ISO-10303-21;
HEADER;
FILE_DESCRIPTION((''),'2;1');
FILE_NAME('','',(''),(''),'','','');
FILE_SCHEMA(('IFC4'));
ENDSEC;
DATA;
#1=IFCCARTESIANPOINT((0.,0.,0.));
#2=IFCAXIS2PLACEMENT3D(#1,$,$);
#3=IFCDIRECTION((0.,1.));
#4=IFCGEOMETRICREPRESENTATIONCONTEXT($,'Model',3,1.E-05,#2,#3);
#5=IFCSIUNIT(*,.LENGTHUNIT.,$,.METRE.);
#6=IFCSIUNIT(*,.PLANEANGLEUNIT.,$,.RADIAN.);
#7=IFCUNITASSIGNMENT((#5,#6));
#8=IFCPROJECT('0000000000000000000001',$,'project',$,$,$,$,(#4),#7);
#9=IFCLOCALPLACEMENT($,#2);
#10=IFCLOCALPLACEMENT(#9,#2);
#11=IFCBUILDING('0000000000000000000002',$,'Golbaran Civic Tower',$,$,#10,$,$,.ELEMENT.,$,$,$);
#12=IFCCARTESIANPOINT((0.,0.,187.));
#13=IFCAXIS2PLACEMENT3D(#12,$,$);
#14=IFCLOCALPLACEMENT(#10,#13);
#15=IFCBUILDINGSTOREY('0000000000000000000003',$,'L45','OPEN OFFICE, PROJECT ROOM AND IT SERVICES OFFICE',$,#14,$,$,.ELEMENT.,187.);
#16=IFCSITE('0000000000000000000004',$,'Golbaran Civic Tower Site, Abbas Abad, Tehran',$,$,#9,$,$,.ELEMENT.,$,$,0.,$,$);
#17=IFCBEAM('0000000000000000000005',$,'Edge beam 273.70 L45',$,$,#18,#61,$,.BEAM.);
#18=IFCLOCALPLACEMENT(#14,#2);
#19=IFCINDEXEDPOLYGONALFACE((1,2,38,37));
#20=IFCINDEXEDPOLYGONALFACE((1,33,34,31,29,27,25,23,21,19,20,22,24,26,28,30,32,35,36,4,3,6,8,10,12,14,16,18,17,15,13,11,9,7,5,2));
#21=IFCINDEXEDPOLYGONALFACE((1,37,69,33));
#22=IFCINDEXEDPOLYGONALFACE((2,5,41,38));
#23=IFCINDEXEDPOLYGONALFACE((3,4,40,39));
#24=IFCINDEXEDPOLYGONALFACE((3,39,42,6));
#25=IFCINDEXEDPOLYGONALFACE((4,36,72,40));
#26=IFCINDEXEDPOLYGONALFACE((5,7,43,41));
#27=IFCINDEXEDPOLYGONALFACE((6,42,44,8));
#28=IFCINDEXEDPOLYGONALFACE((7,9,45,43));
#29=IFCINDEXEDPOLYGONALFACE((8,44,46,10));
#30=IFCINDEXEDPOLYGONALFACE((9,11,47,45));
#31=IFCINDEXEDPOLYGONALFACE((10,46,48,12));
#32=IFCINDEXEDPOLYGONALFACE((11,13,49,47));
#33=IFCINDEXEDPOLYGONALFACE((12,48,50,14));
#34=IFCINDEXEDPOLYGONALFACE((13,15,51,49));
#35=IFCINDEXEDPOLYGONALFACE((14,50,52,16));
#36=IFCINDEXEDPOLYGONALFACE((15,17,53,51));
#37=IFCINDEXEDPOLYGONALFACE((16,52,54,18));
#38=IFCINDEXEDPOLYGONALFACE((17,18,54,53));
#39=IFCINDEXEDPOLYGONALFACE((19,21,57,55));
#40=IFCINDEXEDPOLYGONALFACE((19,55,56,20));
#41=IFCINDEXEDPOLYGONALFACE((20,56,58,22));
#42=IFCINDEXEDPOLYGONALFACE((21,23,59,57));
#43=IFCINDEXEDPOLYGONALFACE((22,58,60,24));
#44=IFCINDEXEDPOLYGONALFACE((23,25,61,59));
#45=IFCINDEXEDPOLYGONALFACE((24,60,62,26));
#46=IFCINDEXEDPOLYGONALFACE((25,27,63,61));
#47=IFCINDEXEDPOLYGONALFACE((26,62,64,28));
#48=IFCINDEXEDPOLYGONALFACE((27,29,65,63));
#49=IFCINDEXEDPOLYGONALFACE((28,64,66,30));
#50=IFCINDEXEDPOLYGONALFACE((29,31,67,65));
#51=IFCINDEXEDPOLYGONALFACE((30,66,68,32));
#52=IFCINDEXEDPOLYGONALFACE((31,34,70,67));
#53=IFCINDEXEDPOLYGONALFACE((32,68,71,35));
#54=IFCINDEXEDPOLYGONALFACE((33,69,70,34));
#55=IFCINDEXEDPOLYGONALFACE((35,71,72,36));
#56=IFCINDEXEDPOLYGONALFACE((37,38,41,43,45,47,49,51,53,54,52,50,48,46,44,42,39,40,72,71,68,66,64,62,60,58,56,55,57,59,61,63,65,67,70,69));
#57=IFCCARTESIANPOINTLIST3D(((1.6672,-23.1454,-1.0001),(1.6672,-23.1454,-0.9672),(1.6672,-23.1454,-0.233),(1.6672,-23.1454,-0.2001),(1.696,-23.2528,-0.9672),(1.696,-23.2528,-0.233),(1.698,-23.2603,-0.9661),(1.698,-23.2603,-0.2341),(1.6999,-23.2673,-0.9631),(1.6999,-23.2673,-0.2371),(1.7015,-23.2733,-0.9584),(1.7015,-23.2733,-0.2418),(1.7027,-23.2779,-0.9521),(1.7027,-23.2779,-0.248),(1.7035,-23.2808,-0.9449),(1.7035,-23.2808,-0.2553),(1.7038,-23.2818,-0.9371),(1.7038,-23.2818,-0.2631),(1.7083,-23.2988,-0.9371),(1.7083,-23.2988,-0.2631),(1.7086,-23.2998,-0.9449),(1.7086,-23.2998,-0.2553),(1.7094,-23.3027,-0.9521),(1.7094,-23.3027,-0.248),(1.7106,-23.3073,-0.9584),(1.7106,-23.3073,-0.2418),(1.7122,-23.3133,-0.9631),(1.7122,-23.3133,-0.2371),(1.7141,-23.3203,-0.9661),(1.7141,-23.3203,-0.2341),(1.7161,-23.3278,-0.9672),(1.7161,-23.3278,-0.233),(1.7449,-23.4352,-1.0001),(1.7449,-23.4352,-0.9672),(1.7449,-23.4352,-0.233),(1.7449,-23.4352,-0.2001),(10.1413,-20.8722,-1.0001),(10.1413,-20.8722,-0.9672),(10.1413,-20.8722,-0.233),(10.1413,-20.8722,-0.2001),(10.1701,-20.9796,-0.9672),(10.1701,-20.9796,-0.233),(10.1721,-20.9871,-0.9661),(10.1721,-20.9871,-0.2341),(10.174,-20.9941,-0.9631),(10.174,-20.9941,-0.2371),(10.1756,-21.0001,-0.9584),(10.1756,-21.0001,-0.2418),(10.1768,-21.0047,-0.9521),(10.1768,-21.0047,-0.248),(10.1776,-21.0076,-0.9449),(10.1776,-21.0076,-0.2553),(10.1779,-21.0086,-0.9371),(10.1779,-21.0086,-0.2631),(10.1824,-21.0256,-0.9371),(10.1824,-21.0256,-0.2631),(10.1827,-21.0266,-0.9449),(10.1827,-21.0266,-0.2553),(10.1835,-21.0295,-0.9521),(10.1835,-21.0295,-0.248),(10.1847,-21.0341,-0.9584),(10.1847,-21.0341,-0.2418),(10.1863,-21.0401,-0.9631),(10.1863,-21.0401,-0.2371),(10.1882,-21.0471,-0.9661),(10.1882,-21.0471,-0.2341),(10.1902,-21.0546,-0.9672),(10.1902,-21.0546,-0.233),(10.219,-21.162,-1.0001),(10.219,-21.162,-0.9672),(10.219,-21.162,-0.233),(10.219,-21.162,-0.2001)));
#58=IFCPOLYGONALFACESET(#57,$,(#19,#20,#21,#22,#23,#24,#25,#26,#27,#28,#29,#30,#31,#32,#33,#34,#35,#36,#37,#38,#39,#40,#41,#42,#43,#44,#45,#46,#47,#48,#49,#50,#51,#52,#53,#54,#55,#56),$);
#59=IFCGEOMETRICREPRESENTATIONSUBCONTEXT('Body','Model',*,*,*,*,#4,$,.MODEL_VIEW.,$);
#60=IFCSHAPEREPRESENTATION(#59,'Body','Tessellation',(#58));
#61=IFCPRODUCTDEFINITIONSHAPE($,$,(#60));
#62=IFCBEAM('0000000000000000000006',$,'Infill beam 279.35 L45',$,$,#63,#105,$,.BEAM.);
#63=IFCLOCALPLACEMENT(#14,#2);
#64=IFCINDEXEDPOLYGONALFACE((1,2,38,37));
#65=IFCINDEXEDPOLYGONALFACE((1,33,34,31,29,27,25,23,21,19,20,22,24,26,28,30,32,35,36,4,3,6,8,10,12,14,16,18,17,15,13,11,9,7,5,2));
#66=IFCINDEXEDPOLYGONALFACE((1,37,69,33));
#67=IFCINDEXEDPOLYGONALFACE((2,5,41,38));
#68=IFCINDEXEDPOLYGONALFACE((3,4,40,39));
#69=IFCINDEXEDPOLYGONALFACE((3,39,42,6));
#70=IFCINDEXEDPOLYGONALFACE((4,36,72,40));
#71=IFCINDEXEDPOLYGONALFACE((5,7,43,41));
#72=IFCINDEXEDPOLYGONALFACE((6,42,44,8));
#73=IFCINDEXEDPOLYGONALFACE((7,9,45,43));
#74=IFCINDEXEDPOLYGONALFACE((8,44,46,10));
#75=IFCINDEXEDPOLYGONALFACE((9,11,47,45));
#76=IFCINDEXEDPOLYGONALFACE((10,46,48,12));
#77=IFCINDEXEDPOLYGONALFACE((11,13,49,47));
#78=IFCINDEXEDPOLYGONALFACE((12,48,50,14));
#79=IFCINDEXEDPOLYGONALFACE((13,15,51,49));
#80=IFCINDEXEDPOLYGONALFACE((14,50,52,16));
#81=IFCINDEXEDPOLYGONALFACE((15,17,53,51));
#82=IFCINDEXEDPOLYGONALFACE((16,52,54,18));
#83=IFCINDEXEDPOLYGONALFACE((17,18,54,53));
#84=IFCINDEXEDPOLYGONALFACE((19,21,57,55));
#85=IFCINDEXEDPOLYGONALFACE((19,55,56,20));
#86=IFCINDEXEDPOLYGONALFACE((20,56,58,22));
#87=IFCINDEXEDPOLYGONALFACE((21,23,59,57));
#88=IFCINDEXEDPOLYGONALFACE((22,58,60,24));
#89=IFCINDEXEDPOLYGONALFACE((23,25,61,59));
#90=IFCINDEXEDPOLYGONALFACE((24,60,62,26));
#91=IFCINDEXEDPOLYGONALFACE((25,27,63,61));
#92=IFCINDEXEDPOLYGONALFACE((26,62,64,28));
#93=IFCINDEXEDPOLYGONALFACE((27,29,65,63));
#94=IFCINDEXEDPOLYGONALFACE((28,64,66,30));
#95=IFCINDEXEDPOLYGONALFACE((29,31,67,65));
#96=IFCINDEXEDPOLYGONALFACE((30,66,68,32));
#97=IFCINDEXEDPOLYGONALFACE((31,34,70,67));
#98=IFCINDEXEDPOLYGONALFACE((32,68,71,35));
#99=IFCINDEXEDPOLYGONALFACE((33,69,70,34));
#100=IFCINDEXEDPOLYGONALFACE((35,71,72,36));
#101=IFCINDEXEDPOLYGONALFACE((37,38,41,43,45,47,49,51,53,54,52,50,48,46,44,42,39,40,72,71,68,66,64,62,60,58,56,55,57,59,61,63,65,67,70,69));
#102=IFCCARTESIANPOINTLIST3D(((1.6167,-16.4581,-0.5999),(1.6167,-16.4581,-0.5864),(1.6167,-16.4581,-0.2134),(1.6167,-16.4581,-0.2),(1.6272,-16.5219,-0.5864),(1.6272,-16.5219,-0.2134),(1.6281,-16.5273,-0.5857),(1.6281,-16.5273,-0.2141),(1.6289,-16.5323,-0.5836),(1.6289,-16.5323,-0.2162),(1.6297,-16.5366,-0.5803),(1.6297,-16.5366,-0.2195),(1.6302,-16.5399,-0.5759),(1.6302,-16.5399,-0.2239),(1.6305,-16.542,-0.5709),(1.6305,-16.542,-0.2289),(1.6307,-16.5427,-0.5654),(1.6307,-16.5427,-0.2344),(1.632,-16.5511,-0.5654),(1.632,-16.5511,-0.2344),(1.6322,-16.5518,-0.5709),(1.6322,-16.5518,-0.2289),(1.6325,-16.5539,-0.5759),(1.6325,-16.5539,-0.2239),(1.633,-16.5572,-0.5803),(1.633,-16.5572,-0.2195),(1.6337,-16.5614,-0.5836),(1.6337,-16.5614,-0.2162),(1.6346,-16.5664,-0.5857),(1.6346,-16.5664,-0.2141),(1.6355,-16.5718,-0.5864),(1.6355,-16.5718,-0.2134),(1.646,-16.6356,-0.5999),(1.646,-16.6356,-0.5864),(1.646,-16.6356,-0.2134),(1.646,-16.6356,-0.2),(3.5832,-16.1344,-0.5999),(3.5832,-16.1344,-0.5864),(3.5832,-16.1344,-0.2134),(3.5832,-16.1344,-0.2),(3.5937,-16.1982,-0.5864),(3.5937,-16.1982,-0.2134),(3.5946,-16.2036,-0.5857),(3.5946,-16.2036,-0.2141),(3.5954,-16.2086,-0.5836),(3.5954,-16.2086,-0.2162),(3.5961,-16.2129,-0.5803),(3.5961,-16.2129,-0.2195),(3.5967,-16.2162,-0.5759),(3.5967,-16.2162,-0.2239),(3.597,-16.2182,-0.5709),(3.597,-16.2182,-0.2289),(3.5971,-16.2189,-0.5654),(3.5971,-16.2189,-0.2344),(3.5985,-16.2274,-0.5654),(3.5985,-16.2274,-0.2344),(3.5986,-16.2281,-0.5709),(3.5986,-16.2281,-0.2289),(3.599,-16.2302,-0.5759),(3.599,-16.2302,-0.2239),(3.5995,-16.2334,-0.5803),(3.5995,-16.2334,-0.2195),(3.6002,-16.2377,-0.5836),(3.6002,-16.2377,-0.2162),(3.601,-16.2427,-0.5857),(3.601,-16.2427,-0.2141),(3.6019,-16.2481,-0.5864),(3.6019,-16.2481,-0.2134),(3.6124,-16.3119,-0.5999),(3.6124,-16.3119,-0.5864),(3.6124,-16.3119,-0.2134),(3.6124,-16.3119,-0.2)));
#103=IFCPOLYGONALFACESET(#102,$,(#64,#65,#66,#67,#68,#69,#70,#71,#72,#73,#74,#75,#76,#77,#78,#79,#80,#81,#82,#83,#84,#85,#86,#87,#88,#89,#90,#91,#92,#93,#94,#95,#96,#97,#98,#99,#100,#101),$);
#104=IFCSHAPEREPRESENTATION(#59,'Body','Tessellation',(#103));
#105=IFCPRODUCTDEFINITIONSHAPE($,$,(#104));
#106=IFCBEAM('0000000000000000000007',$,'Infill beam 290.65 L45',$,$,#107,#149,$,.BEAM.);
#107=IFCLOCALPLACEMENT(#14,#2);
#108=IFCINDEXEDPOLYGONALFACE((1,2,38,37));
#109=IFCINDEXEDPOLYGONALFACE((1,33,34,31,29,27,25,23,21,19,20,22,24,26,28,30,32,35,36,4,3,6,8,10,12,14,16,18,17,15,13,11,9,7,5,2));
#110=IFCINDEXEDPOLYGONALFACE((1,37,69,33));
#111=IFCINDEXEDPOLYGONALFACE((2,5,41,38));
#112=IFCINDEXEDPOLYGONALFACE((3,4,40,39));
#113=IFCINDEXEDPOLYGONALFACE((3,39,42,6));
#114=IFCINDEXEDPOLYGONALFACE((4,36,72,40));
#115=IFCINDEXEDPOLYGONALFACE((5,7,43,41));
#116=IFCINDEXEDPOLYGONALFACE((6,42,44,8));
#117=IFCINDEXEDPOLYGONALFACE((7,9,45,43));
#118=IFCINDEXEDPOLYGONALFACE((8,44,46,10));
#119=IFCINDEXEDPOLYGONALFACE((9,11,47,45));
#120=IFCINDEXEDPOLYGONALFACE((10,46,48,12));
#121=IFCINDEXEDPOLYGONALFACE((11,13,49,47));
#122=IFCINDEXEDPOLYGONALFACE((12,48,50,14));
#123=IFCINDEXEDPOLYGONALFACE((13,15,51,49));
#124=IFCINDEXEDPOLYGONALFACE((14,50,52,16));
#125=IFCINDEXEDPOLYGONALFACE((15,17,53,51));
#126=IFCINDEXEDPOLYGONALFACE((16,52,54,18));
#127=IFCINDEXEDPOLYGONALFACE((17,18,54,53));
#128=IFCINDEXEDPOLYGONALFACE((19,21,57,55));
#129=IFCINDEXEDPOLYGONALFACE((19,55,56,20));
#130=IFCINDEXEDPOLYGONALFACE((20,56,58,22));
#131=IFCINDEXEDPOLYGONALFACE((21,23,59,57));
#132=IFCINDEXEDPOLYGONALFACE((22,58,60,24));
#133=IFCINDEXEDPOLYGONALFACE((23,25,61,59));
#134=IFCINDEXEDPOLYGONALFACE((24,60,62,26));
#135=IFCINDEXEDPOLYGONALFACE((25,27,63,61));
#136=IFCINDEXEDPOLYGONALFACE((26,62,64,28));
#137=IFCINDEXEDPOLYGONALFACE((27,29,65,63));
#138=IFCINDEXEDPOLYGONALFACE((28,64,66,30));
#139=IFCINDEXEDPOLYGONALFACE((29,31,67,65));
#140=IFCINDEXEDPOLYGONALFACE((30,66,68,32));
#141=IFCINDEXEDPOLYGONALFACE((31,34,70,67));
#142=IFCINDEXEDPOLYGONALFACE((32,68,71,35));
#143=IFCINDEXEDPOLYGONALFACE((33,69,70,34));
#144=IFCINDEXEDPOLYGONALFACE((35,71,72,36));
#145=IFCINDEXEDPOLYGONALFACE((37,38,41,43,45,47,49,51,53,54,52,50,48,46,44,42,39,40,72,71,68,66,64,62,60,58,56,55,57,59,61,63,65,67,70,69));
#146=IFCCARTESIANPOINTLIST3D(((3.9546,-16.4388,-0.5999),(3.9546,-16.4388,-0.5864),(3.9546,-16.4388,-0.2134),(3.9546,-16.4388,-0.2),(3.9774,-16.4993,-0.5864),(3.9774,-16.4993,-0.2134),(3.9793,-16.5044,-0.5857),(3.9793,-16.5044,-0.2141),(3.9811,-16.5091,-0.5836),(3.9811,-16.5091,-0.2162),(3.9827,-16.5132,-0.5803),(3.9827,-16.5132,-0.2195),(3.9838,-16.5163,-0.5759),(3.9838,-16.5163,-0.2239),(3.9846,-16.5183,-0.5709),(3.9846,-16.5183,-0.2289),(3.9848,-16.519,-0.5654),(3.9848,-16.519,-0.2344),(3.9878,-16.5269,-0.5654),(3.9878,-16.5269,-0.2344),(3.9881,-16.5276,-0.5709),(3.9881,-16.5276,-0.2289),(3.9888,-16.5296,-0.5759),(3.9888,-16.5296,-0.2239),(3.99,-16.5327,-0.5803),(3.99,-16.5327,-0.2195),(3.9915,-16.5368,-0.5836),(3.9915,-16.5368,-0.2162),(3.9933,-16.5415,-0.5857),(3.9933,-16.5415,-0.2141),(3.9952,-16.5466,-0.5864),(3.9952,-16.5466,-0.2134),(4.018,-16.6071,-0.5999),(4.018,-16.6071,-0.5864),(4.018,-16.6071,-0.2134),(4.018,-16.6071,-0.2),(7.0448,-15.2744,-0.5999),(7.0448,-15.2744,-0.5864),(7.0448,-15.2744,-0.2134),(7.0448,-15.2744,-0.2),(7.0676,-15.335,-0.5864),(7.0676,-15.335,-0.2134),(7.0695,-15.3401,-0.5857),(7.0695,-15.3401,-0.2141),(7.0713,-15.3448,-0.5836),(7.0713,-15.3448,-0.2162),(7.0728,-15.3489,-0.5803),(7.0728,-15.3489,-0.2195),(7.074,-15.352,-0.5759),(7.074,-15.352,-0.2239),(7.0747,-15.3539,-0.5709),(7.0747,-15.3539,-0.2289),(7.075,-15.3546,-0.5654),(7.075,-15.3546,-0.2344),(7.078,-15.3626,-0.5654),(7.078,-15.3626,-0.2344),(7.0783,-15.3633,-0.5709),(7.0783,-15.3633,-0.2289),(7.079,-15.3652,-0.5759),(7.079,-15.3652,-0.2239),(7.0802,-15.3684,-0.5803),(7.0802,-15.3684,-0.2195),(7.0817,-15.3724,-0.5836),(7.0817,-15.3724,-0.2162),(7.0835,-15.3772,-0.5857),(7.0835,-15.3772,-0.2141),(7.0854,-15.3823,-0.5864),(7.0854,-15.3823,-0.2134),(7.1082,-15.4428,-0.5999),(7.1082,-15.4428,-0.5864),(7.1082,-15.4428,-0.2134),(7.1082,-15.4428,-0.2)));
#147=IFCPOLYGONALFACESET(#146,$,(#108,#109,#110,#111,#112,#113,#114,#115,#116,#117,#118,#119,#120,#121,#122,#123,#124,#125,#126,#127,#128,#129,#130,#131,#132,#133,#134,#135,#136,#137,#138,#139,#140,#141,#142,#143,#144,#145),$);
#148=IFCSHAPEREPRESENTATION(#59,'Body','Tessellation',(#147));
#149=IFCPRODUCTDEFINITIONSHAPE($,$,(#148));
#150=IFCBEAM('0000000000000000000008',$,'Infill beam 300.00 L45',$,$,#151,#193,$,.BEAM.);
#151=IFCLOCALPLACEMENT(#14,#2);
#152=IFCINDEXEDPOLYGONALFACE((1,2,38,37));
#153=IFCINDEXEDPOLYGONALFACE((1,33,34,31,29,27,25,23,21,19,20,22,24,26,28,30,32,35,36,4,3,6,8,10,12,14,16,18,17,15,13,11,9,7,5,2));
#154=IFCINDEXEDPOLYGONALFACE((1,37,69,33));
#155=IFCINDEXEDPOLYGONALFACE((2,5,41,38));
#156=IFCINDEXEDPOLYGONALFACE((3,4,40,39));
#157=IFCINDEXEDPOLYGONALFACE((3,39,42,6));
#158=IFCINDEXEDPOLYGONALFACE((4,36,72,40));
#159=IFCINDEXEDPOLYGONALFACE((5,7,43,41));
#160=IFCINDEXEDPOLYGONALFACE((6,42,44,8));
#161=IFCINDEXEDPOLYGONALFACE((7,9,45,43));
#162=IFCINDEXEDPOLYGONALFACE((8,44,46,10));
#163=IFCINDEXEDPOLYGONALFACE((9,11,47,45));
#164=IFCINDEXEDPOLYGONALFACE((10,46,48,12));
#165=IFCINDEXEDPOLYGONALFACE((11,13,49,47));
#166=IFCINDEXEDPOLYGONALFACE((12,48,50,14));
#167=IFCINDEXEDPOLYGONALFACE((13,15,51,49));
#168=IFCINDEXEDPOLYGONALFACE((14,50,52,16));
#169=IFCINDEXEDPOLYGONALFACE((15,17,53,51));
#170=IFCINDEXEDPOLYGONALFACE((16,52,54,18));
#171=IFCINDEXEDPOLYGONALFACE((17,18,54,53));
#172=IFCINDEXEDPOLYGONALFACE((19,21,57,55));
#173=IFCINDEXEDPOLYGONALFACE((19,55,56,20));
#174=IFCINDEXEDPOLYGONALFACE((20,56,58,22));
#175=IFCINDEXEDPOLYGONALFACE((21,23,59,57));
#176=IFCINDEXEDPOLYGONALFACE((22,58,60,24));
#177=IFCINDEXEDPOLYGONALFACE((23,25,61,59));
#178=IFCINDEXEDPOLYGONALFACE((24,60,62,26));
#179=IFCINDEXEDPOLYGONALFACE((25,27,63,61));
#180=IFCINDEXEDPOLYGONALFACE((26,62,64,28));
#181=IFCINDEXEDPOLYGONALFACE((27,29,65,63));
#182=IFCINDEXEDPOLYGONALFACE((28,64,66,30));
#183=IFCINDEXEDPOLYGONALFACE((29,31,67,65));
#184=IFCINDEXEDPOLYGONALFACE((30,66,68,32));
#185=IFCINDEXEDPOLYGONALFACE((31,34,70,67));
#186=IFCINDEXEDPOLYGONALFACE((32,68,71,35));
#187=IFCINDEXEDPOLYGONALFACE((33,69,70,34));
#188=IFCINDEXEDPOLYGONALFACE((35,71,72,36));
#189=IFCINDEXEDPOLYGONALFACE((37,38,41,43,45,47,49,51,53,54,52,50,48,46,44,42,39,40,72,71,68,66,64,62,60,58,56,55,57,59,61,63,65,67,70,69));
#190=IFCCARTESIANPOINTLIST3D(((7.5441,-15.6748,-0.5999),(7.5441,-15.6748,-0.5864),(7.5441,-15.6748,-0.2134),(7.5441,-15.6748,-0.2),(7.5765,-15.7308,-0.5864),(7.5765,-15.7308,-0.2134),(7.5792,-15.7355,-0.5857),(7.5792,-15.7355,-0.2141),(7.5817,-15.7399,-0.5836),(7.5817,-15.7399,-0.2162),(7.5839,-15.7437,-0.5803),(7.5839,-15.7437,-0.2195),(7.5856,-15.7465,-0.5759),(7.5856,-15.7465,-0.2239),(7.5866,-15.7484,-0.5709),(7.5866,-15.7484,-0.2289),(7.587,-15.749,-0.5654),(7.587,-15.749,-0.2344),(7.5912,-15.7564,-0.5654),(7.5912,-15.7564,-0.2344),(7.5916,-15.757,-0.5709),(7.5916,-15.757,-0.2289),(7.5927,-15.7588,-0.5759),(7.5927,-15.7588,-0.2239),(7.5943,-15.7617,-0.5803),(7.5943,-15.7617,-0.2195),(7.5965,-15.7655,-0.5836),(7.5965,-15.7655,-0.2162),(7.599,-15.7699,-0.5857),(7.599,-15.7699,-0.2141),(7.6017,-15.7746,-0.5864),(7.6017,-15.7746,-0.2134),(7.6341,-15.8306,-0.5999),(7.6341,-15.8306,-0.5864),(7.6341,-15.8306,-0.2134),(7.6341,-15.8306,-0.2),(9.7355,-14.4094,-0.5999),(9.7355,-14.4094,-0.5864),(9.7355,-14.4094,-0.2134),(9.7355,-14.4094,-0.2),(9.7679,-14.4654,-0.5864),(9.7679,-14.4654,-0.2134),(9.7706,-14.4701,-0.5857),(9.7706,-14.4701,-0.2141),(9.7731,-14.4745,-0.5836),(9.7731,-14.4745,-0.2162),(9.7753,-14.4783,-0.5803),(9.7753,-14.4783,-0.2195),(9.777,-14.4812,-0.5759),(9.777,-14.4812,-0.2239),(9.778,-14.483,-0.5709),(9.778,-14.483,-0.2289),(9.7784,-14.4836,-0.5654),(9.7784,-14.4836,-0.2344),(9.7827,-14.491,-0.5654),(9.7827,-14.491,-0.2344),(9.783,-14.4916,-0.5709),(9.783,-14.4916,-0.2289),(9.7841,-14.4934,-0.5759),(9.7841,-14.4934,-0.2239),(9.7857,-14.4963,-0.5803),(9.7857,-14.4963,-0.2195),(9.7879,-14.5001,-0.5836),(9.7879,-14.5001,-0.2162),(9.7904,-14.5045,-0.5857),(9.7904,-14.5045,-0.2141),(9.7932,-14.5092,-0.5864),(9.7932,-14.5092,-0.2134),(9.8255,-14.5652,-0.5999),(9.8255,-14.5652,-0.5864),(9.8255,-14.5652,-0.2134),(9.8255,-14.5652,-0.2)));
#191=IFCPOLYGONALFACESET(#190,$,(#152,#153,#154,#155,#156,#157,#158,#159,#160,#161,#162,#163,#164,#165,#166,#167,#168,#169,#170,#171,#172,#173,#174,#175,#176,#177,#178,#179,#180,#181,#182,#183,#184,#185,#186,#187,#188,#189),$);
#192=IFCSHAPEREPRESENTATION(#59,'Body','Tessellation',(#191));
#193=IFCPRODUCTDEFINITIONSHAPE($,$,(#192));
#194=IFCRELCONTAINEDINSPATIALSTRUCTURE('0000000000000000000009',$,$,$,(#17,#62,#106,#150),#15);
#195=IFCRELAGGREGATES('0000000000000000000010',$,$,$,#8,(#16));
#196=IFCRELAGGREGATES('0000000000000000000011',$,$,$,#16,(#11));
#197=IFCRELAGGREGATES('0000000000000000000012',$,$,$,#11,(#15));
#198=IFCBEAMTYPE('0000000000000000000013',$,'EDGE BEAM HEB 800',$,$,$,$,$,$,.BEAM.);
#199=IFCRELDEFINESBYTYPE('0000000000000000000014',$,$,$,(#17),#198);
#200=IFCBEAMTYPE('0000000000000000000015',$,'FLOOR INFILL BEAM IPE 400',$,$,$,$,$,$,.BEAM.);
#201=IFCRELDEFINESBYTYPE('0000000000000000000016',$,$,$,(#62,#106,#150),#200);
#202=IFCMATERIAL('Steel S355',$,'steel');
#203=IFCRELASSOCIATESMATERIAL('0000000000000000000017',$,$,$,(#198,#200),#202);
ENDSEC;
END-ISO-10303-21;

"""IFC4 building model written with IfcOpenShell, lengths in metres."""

from ifc_helpers import new_model, si_unit, direction, frame, origin, origin_2d, place, context, subcontext, project, spatial, i_section, extrude, material, material_profile, profile_set, type_object, element, save


model = new_model("IFC4")

# Units and contexts
model_context = context("Model", 3, precision=1e-05, world=origin(), true_north=direction((0.0, 1.0)))
body_context = subcontext(model_context, "Body", "Model", "MODEL_VIEW")
ifc_project = project(units=[si_unit("LENGTHUNIT", "METRE"), si_unit("PLANEANGLEUNIT", "RADIAN")], contexts=[model_context])

# Site, building, storey
site_placement = place(None, origin())
site = spatial("IfcSite", under=ifc_project, at=site_placement, Name="Golbaran Civic Tower Site, Abbas Abad, Tehran", CompositionType="ELEMENT", RefElevation=0.0)
building_placement = place(site_placement, origin())
building = spatial("IfcBuilding", under=site, at=building_placement, Name="Golbaran Civic Tower", CompositionType="ELEMENT")
storey_placement = place(building_placement, frame((0.0, 0.0, 187.0)))
storey = spatial("IfcBuildingStorey", under=building, at=storey_placement, Name="L45", Description="OPEN OFFICE, PROJECT ROOM AND IT SERVICES OFFICE", CompositionType="ELEMENT", Elevation=187.0)

# Beams
ifc_material_1 = material(Name="Steel S355", Category="steel")
ifc_material_profile_1 = material_profile(ifc_material_1, i_section(OverallWidth=0.3, OverallDepth=0.8, WebThickness=0.0176, FlangeThickness=0.033, FilletRadius=0.03, at=origin_2d()), Name="HEB 800")
ifc_profile_set_1 = profile_set([ifc_material_profile_1], Name="Steel S355")
beam_type_1 = type_object("IfcBeamType", Name="EDGE BEAM HEB 800", PredefinedType="BEAM", material=ifc_profile_set_1)
beam_1_placement = place(storey_placement, frame((1.7061, -23.2903, -0.6001), z_axis=(0.965853, 0.259091, 0.0), x_axis=(-0.259091, 0.965853, 0.0)))
element("IfcBeam", 1, at=beam_1_placement, inside=storey, type_object=beam_type_1, Name="Edge beam 273.70 L45", PredefinedType="BEAM", context=body_context, shape_type="SweptSolid", body=[
    extrude(i_section(OverallWidth=0.3, OverallDepth=0.8, WebThickness=0.0176, FlangeThickness=0.033, FilletRadius=0.03, at=origin_2d()), origin(), (0.0, 0.0, 1.0), 8.7737),
])
ifc_material_profile_2 = material_profile(ifc_material_1, i_section(OverallWidth=0.1799, OverallDepth=0.3999, WebThickness=0.0085, FlangeThickness=0.0134, FilletRadius=0.021, at=origin_2d()), Name="IPE 400")
ifc_profile_set_2 = profile_set([ifc_material_profile_2], Name="Steel S355")
beam_type_2 = type_object("IfcBeamType", Name="FLOOR INFILL BEAM IPE 400", PredefinedType="BEAM", material=ifc_profile_set_2)
beam_2_placement = place(storey_placement, frame((1.6313, -16.5469, -0.3999), z_axis=(0.98672, 0.162432, 0.0), x_axis=(-0.162432, 0.98672, 0.0)))
element("IfcBeam", 2, at=beam_2_placement, inside=storey, type_object=beam_type_2, Name="Infill beam 279.35 L45", PredefinedType="BEAM", context=body_context, shape_type="SweptSolid", body=[
    extrude(i_section(OverallWidth=0.1799, OverallDepth=0.3999, WebThickness=0.0085, FlangeThickness=0.0134, FilletRadius=0.021, at=origin_2d()), origin(), (0.0, 0.0, 1.0), 1.9929),
])
beam_3_placement = place(storey_placement, frame((3.9863, -16.5229, -0.3999), z_axis=(0.935778, 0.35259, 0.0), x_axis=(-0.35259, 0.935778, 0.0)))
element("IfcBeam", 3, at=beam_3_placement, inside=storey, type_object=beam_type_2, Name="Infill beam 290.65 L45", PredefinedType="BEAM", context=body_context, shape_type="SweptSolid", body=[
    extrude(i_section(OverallWidth=0.1799, OverallDepth=0.3999, WebThickness=0.0085, FlangeThickness=0.0134, FilletRadius=0.021, at=origin_2d()), origin(), (0.0, 0.0, 1.0), 3.3022),
])
beam_4_placement = place(storey_placement, frame((7.5891, -15.7527, -0.3999), z_axis=(0.865996, 0.500051, 0.0), x_axis=(-0.500051, 0.865996, 0.0)))
element("IfcBeam", 4, at=beam_4_placement, inside=storey, type_object=beam_type_2, Name="Infill beam 300.00 L45", PredefinedType="BEAM", context=body_context, shape_type="SweptSolid", body=[
    extrude(i_section(OverallWidth=0.1799, OverallDepth=0.3999, WebThickness=0.0085, FlangeThickness=0.0134, FilletRadius=0.021, at=origin_2d()), origin(), (0.0, 0.0, 1.0), 2.5305),
])

save(model, "model.ifc")
